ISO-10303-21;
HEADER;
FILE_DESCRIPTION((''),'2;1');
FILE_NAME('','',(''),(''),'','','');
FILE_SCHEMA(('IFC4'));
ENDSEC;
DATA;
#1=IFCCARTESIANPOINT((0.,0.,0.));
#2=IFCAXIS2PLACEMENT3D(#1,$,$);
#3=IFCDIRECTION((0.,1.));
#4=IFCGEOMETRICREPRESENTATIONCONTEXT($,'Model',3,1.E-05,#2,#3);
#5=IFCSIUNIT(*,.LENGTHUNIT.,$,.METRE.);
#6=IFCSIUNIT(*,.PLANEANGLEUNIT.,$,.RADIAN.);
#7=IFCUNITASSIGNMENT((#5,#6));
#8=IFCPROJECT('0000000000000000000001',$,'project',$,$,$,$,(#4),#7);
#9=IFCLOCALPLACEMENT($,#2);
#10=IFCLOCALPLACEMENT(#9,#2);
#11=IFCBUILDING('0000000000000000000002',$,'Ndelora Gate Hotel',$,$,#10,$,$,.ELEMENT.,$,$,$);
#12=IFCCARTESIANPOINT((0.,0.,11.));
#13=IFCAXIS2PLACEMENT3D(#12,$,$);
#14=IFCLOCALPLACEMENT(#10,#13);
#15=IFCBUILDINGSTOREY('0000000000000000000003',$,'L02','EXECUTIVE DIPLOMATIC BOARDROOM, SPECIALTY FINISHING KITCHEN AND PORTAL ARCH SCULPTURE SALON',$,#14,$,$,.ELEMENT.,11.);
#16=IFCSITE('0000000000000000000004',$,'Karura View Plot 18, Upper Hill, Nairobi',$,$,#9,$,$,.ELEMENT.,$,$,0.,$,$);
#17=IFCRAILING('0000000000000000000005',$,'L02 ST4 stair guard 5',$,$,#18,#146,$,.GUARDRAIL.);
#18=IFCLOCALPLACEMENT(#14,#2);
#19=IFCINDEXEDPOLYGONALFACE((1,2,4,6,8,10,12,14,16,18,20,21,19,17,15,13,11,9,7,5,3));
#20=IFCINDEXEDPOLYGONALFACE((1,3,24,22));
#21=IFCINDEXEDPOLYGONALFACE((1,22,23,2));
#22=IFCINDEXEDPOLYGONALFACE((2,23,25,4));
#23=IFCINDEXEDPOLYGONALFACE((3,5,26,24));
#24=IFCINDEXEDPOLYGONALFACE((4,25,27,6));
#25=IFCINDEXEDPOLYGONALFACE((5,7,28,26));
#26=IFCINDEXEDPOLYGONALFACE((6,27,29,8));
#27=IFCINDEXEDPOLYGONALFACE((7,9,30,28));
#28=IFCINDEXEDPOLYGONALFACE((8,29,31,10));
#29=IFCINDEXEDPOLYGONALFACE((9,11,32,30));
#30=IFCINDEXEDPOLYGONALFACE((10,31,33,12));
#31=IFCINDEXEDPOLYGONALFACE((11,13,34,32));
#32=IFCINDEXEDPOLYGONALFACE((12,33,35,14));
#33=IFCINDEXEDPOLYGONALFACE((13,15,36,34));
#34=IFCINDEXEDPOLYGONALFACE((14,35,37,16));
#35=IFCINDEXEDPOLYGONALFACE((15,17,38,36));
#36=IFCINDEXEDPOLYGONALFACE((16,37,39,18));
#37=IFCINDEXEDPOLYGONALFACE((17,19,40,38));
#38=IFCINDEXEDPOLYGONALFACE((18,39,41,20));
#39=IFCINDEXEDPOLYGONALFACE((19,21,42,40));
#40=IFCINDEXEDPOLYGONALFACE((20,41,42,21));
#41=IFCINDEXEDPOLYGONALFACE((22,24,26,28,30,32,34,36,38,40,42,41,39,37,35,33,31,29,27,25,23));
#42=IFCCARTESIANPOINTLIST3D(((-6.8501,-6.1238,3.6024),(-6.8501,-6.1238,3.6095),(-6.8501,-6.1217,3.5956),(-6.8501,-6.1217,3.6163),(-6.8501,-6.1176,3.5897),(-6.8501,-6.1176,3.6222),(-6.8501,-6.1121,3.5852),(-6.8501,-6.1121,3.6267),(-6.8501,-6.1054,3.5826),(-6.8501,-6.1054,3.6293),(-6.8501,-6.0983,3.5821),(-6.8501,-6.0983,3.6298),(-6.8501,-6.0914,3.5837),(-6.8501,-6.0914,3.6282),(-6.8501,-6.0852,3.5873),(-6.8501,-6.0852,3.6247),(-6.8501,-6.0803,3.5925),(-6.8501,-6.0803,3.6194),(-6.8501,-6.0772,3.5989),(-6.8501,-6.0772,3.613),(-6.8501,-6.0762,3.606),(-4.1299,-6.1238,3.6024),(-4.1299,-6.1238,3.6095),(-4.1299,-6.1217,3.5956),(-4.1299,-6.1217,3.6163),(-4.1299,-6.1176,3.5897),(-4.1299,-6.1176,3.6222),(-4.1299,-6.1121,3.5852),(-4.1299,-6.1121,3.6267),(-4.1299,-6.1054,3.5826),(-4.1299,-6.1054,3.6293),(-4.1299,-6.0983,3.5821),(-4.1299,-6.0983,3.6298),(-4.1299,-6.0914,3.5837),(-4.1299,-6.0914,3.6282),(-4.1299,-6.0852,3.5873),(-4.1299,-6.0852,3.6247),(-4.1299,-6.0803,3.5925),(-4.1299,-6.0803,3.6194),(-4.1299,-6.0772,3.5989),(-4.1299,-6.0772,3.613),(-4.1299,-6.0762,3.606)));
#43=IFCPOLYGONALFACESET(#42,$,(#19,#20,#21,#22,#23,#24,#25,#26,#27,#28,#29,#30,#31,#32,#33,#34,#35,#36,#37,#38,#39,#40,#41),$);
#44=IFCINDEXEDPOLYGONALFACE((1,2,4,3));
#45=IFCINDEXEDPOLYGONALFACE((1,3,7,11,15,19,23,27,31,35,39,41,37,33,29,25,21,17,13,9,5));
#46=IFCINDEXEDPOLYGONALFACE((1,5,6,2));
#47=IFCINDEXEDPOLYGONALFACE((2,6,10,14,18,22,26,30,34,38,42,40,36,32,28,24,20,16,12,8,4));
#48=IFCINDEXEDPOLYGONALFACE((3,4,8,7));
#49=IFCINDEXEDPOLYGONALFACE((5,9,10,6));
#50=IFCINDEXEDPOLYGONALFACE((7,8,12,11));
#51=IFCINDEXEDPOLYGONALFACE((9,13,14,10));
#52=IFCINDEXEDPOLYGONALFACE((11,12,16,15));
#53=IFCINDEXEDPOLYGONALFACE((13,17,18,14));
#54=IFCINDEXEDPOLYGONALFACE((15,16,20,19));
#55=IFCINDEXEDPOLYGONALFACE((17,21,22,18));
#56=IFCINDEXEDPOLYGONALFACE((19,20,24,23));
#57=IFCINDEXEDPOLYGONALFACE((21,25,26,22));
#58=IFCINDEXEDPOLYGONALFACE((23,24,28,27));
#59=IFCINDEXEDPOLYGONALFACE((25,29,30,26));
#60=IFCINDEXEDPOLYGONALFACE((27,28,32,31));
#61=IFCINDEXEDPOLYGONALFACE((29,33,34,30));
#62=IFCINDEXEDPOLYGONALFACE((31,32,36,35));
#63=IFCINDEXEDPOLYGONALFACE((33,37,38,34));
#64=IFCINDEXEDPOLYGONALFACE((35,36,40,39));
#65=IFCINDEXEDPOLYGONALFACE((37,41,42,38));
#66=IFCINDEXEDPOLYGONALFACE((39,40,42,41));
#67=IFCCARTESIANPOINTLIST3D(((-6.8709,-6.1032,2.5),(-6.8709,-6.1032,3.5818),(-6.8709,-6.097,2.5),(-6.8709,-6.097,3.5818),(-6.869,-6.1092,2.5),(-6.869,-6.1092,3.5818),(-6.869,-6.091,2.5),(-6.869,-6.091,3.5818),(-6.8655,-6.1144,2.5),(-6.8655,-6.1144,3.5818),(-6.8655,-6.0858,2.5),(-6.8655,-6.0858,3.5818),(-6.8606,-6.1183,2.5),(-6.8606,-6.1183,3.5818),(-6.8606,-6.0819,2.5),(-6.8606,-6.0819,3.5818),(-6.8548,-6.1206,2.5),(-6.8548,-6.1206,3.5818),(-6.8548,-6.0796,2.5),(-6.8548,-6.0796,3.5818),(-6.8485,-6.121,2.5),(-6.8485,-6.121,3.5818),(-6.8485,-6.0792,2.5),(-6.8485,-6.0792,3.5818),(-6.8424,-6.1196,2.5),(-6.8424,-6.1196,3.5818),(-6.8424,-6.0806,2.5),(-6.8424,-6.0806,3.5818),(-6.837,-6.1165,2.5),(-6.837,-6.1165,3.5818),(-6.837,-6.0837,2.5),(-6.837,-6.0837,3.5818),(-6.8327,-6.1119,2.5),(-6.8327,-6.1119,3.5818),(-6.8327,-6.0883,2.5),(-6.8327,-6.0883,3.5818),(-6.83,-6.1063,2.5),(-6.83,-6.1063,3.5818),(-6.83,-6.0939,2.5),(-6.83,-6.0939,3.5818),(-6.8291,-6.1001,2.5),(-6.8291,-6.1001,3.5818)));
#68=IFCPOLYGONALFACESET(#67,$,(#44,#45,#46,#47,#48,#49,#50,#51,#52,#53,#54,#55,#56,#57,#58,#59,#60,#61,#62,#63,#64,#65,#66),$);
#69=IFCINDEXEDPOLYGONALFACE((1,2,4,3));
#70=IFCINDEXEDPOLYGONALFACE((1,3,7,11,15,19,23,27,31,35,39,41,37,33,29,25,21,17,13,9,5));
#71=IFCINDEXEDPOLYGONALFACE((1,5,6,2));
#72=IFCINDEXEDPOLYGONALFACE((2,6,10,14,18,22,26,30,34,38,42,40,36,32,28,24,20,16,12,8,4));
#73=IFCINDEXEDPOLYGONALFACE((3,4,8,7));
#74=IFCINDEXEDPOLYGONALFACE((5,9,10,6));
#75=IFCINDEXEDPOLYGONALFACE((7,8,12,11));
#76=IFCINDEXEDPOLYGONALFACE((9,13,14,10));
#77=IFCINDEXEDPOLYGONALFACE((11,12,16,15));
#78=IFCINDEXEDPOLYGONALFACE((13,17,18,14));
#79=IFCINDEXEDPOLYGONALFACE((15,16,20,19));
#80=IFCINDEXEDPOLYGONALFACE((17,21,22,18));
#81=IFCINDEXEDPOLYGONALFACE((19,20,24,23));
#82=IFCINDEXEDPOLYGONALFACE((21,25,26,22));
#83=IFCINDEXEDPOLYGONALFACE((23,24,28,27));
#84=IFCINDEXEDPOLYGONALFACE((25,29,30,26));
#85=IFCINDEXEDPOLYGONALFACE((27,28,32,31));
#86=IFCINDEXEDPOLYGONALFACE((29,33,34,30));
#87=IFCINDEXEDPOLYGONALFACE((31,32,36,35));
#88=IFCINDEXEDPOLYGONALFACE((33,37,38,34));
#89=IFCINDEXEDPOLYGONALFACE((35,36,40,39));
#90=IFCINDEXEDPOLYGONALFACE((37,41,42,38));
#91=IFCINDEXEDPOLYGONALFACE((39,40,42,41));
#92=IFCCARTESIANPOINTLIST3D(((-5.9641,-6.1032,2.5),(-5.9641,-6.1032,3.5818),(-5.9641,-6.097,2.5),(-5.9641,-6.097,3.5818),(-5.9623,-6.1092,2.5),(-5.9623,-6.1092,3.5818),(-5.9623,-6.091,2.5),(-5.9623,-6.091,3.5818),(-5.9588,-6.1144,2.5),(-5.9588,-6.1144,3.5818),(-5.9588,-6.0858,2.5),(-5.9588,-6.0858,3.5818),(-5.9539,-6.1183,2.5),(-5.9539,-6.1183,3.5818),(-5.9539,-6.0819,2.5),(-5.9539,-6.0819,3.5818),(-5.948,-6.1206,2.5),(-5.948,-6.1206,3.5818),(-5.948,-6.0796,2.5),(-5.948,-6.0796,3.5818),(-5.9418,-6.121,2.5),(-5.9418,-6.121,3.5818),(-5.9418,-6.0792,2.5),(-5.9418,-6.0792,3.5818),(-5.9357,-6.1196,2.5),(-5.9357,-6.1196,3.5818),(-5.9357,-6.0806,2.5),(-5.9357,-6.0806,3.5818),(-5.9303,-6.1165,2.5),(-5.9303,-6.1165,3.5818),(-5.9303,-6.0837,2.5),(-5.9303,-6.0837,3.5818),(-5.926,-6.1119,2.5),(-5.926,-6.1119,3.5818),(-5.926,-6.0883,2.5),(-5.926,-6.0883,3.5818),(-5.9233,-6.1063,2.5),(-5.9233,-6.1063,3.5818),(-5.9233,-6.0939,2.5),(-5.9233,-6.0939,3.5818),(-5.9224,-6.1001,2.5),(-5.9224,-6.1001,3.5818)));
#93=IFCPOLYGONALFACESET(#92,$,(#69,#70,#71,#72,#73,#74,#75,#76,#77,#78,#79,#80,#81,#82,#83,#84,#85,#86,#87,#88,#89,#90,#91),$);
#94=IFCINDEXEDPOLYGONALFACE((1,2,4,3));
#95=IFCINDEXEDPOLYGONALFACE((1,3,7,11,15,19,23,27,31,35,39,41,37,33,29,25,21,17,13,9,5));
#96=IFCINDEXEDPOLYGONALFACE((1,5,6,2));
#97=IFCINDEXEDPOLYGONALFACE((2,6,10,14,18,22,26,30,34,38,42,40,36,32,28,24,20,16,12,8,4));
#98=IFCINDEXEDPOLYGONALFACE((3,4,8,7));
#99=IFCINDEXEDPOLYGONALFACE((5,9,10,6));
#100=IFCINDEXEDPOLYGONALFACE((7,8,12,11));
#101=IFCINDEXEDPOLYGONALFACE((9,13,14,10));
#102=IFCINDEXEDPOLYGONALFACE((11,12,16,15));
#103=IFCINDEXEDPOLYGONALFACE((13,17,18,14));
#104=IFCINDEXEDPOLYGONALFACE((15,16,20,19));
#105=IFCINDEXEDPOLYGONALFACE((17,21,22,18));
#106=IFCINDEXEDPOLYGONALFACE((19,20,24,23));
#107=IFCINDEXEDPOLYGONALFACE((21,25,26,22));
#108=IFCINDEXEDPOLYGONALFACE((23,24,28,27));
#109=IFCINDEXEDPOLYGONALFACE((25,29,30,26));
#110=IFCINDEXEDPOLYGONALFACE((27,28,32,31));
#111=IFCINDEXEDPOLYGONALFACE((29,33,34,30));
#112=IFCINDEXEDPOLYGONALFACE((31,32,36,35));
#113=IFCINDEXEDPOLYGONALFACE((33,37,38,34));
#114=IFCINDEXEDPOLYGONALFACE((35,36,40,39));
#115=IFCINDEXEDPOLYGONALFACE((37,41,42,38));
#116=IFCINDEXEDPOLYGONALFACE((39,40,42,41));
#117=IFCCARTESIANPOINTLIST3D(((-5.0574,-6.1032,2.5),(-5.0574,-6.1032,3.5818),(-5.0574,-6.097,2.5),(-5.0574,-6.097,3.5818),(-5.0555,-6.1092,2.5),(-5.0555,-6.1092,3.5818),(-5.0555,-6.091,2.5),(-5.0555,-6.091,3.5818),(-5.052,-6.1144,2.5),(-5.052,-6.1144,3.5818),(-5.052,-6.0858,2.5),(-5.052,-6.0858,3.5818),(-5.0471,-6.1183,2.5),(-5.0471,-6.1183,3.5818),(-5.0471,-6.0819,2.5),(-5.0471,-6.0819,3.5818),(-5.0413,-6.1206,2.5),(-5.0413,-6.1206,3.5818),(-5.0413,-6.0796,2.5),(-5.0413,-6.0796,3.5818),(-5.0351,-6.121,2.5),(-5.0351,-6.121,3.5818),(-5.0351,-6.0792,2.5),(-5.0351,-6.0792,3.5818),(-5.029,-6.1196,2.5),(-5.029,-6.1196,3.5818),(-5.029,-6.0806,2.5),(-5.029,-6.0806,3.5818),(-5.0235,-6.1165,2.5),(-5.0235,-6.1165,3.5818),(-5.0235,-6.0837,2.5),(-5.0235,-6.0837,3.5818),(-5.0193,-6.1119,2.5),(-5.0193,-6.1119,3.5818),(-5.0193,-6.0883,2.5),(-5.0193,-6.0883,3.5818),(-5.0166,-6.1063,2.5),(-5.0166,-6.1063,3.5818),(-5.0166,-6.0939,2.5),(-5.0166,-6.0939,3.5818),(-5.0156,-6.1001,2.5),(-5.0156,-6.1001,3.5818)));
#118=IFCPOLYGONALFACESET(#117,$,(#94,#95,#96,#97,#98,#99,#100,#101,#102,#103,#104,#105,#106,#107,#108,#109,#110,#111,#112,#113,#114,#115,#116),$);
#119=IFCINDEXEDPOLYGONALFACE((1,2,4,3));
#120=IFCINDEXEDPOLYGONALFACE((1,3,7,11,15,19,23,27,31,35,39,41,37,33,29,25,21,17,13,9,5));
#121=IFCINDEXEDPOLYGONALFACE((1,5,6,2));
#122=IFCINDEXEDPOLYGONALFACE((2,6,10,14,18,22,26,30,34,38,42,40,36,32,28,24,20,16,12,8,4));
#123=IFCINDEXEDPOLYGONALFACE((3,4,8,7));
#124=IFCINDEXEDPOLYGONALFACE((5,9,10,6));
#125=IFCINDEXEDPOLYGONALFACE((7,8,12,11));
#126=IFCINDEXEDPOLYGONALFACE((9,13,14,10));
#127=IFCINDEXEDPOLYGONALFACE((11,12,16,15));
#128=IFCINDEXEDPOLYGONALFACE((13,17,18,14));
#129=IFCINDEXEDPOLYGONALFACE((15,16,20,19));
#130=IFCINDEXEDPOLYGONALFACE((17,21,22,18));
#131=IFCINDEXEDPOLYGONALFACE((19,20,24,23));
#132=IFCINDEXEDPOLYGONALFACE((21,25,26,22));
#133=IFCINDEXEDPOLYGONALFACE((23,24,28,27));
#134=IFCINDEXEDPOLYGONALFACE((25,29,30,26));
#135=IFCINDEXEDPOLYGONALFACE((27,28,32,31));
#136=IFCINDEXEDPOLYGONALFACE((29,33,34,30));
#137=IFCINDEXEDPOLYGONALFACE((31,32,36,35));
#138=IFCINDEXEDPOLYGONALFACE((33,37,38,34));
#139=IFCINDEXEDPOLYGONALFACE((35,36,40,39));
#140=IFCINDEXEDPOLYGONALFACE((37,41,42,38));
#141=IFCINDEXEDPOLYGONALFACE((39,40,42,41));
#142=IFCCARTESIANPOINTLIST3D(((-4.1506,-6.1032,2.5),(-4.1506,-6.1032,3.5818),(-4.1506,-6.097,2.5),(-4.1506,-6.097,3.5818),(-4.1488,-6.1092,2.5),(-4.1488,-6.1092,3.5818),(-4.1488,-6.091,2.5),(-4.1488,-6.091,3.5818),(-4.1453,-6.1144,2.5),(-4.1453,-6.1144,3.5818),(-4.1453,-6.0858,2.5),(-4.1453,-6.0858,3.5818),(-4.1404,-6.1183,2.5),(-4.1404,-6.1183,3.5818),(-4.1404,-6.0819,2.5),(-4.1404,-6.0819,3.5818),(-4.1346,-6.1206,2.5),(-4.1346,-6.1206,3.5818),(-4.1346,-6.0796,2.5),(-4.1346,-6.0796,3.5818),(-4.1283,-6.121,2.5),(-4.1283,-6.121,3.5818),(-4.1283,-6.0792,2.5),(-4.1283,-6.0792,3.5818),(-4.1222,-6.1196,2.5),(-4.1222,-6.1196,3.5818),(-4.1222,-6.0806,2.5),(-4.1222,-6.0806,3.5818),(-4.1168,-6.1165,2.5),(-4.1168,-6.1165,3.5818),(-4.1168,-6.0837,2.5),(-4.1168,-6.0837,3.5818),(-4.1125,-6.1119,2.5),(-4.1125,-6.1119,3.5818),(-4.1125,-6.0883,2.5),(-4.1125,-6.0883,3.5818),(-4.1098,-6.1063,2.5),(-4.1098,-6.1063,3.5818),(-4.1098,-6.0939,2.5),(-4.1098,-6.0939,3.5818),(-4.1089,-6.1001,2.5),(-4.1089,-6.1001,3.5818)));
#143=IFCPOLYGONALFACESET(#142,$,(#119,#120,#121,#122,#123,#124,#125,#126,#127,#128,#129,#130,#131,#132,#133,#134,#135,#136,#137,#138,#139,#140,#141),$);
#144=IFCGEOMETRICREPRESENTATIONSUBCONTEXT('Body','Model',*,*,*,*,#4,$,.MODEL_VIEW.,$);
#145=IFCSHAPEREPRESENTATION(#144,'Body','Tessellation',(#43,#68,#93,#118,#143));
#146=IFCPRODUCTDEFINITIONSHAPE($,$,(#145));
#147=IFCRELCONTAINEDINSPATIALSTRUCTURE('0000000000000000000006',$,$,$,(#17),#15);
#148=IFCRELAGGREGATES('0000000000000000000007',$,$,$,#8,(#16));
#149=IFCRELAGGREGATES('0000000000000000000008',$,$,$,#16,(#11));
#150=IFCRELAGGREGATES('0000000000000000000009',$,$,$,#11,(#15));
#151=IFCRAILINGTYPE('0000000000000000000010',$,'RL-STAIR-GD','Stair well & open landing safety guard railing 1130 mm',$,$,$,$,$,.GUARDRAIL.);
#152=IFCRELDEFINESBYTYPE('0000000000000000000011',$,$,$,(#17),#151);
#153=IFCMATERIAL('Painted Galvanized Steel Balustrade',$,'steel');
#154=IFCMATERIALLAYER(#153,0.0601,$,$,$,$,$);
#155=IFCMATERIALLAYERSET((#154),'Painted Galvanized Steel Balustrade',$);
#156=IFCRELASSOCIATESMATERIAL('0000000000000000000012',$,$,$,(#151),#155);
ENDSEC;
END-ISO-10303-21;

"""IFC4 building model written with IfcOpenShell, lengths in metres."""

from ifc_helpers import new_model, si_unit, direction, frame, origin, origin_2d, place, context, subcontext, project, spatial, circle, extrude, material, layer, layer_set, type_object, element, save


model = new_model("IFC4")

# Units and contexts
model_context = context("Model", 3, precision=1e-05, world=origin(), true_north=direction((0.0, 1.0)))
body_context = subcontext(model_context, "Body", "Model", "MODEL_VIEW")
ifc_project = project(units=[si_unit("LENGTHUNIT", "METRE"), si_unit("PLANEANGLEUNIT", "RADIAN")], contexts=[model_context])

# Site, building, storey
site_placement = place(None, origin())
site = spatial("IfcSite", under=ifc_project, at=site_placement, Name="Karura View Plot 18, Upper Hill, Nairobi", CompositionType="ELEMENT", RefElevation=0.0)
building_placement = place(site_placement, origin())
building = spatial("IfcBuilding", under=site, at=building_placement, Name="Ndelora Gate Hotel", CompositionType="ELEMENT")
storey_placement = place(building_placement, frame((0.0, 0.0, 11.0)))
storey = spatial("IfcBuildingStorey", under=building, at=storey_placement, Name="L02", Description="EXECUTIVE DIPLOMATIC BOARDROOM, SPECIALTY FINISHING KITCHEN AND PORTAL ARCH SCULPTURE SALON", CompositionType="ELEMENT", Elevation=11.0)

# Railing
ifc_material_1 = material(Name="Painted Galvanized Steel Balustrade", Category="steel")
ifc_layer_1 = layer(ifc_material_1, 0.0601)
ifc_layer_set_1 = layer_set([ifc_layer_1], Name="Painted Galvanized Steel Balustrade")
railing_type = type_object("IfcRailingType", Name="RL-STAIR-GD", Description="Stair well & open landing safety guard railing 1130 mm", PredefinedType="GUARDRAIL", material=ifc_layer_set_1)
railing_1_placement = place(storey_placement, frame((-6.8501, -6.1001, 2.5)))
element("IfcRailing", 1, at=railing_1_placement, inside=storey, type_object=railing_type, Name="L02 ST4 stair guard 5", PredefinedType="GUARDRAIL", context=body_context, shape_type="SweptSolid", body=[
    extrude(circle(Radius=0.0239, at=origin_2d()), frame((0.0, 0.0, 1.106), z_axis=(1.0, 0.0, 0.0), x_axis=(0.0, 1.0, 0.0)), (0.0, 0.0, 1.0), 2.7202),
    extrude(circle(Radius=0.021, at=origin_2d()), origin(), (0.0, 0.0, 1.0), 1.0818),
    extrude(circle(Radius=0.021, at=origin_2d()), frame((0.9067, 0.0, 0.0)), (0.0, 0.0, 1.0), 1.0818),
    extrude(circle(Radius=0.021, at=origin_2d()), frame((1.8135, 0.0, 0.0)), (0.0, 0.0, 1.0), 1.0818),
    extrude(circle(Radius=0.021, at=origin_2d()), frame((2.7202, 0.0, 0.0)), (0.0, 0.0, 1.0), 1.0818),
])

save(model, "model.ifc")
